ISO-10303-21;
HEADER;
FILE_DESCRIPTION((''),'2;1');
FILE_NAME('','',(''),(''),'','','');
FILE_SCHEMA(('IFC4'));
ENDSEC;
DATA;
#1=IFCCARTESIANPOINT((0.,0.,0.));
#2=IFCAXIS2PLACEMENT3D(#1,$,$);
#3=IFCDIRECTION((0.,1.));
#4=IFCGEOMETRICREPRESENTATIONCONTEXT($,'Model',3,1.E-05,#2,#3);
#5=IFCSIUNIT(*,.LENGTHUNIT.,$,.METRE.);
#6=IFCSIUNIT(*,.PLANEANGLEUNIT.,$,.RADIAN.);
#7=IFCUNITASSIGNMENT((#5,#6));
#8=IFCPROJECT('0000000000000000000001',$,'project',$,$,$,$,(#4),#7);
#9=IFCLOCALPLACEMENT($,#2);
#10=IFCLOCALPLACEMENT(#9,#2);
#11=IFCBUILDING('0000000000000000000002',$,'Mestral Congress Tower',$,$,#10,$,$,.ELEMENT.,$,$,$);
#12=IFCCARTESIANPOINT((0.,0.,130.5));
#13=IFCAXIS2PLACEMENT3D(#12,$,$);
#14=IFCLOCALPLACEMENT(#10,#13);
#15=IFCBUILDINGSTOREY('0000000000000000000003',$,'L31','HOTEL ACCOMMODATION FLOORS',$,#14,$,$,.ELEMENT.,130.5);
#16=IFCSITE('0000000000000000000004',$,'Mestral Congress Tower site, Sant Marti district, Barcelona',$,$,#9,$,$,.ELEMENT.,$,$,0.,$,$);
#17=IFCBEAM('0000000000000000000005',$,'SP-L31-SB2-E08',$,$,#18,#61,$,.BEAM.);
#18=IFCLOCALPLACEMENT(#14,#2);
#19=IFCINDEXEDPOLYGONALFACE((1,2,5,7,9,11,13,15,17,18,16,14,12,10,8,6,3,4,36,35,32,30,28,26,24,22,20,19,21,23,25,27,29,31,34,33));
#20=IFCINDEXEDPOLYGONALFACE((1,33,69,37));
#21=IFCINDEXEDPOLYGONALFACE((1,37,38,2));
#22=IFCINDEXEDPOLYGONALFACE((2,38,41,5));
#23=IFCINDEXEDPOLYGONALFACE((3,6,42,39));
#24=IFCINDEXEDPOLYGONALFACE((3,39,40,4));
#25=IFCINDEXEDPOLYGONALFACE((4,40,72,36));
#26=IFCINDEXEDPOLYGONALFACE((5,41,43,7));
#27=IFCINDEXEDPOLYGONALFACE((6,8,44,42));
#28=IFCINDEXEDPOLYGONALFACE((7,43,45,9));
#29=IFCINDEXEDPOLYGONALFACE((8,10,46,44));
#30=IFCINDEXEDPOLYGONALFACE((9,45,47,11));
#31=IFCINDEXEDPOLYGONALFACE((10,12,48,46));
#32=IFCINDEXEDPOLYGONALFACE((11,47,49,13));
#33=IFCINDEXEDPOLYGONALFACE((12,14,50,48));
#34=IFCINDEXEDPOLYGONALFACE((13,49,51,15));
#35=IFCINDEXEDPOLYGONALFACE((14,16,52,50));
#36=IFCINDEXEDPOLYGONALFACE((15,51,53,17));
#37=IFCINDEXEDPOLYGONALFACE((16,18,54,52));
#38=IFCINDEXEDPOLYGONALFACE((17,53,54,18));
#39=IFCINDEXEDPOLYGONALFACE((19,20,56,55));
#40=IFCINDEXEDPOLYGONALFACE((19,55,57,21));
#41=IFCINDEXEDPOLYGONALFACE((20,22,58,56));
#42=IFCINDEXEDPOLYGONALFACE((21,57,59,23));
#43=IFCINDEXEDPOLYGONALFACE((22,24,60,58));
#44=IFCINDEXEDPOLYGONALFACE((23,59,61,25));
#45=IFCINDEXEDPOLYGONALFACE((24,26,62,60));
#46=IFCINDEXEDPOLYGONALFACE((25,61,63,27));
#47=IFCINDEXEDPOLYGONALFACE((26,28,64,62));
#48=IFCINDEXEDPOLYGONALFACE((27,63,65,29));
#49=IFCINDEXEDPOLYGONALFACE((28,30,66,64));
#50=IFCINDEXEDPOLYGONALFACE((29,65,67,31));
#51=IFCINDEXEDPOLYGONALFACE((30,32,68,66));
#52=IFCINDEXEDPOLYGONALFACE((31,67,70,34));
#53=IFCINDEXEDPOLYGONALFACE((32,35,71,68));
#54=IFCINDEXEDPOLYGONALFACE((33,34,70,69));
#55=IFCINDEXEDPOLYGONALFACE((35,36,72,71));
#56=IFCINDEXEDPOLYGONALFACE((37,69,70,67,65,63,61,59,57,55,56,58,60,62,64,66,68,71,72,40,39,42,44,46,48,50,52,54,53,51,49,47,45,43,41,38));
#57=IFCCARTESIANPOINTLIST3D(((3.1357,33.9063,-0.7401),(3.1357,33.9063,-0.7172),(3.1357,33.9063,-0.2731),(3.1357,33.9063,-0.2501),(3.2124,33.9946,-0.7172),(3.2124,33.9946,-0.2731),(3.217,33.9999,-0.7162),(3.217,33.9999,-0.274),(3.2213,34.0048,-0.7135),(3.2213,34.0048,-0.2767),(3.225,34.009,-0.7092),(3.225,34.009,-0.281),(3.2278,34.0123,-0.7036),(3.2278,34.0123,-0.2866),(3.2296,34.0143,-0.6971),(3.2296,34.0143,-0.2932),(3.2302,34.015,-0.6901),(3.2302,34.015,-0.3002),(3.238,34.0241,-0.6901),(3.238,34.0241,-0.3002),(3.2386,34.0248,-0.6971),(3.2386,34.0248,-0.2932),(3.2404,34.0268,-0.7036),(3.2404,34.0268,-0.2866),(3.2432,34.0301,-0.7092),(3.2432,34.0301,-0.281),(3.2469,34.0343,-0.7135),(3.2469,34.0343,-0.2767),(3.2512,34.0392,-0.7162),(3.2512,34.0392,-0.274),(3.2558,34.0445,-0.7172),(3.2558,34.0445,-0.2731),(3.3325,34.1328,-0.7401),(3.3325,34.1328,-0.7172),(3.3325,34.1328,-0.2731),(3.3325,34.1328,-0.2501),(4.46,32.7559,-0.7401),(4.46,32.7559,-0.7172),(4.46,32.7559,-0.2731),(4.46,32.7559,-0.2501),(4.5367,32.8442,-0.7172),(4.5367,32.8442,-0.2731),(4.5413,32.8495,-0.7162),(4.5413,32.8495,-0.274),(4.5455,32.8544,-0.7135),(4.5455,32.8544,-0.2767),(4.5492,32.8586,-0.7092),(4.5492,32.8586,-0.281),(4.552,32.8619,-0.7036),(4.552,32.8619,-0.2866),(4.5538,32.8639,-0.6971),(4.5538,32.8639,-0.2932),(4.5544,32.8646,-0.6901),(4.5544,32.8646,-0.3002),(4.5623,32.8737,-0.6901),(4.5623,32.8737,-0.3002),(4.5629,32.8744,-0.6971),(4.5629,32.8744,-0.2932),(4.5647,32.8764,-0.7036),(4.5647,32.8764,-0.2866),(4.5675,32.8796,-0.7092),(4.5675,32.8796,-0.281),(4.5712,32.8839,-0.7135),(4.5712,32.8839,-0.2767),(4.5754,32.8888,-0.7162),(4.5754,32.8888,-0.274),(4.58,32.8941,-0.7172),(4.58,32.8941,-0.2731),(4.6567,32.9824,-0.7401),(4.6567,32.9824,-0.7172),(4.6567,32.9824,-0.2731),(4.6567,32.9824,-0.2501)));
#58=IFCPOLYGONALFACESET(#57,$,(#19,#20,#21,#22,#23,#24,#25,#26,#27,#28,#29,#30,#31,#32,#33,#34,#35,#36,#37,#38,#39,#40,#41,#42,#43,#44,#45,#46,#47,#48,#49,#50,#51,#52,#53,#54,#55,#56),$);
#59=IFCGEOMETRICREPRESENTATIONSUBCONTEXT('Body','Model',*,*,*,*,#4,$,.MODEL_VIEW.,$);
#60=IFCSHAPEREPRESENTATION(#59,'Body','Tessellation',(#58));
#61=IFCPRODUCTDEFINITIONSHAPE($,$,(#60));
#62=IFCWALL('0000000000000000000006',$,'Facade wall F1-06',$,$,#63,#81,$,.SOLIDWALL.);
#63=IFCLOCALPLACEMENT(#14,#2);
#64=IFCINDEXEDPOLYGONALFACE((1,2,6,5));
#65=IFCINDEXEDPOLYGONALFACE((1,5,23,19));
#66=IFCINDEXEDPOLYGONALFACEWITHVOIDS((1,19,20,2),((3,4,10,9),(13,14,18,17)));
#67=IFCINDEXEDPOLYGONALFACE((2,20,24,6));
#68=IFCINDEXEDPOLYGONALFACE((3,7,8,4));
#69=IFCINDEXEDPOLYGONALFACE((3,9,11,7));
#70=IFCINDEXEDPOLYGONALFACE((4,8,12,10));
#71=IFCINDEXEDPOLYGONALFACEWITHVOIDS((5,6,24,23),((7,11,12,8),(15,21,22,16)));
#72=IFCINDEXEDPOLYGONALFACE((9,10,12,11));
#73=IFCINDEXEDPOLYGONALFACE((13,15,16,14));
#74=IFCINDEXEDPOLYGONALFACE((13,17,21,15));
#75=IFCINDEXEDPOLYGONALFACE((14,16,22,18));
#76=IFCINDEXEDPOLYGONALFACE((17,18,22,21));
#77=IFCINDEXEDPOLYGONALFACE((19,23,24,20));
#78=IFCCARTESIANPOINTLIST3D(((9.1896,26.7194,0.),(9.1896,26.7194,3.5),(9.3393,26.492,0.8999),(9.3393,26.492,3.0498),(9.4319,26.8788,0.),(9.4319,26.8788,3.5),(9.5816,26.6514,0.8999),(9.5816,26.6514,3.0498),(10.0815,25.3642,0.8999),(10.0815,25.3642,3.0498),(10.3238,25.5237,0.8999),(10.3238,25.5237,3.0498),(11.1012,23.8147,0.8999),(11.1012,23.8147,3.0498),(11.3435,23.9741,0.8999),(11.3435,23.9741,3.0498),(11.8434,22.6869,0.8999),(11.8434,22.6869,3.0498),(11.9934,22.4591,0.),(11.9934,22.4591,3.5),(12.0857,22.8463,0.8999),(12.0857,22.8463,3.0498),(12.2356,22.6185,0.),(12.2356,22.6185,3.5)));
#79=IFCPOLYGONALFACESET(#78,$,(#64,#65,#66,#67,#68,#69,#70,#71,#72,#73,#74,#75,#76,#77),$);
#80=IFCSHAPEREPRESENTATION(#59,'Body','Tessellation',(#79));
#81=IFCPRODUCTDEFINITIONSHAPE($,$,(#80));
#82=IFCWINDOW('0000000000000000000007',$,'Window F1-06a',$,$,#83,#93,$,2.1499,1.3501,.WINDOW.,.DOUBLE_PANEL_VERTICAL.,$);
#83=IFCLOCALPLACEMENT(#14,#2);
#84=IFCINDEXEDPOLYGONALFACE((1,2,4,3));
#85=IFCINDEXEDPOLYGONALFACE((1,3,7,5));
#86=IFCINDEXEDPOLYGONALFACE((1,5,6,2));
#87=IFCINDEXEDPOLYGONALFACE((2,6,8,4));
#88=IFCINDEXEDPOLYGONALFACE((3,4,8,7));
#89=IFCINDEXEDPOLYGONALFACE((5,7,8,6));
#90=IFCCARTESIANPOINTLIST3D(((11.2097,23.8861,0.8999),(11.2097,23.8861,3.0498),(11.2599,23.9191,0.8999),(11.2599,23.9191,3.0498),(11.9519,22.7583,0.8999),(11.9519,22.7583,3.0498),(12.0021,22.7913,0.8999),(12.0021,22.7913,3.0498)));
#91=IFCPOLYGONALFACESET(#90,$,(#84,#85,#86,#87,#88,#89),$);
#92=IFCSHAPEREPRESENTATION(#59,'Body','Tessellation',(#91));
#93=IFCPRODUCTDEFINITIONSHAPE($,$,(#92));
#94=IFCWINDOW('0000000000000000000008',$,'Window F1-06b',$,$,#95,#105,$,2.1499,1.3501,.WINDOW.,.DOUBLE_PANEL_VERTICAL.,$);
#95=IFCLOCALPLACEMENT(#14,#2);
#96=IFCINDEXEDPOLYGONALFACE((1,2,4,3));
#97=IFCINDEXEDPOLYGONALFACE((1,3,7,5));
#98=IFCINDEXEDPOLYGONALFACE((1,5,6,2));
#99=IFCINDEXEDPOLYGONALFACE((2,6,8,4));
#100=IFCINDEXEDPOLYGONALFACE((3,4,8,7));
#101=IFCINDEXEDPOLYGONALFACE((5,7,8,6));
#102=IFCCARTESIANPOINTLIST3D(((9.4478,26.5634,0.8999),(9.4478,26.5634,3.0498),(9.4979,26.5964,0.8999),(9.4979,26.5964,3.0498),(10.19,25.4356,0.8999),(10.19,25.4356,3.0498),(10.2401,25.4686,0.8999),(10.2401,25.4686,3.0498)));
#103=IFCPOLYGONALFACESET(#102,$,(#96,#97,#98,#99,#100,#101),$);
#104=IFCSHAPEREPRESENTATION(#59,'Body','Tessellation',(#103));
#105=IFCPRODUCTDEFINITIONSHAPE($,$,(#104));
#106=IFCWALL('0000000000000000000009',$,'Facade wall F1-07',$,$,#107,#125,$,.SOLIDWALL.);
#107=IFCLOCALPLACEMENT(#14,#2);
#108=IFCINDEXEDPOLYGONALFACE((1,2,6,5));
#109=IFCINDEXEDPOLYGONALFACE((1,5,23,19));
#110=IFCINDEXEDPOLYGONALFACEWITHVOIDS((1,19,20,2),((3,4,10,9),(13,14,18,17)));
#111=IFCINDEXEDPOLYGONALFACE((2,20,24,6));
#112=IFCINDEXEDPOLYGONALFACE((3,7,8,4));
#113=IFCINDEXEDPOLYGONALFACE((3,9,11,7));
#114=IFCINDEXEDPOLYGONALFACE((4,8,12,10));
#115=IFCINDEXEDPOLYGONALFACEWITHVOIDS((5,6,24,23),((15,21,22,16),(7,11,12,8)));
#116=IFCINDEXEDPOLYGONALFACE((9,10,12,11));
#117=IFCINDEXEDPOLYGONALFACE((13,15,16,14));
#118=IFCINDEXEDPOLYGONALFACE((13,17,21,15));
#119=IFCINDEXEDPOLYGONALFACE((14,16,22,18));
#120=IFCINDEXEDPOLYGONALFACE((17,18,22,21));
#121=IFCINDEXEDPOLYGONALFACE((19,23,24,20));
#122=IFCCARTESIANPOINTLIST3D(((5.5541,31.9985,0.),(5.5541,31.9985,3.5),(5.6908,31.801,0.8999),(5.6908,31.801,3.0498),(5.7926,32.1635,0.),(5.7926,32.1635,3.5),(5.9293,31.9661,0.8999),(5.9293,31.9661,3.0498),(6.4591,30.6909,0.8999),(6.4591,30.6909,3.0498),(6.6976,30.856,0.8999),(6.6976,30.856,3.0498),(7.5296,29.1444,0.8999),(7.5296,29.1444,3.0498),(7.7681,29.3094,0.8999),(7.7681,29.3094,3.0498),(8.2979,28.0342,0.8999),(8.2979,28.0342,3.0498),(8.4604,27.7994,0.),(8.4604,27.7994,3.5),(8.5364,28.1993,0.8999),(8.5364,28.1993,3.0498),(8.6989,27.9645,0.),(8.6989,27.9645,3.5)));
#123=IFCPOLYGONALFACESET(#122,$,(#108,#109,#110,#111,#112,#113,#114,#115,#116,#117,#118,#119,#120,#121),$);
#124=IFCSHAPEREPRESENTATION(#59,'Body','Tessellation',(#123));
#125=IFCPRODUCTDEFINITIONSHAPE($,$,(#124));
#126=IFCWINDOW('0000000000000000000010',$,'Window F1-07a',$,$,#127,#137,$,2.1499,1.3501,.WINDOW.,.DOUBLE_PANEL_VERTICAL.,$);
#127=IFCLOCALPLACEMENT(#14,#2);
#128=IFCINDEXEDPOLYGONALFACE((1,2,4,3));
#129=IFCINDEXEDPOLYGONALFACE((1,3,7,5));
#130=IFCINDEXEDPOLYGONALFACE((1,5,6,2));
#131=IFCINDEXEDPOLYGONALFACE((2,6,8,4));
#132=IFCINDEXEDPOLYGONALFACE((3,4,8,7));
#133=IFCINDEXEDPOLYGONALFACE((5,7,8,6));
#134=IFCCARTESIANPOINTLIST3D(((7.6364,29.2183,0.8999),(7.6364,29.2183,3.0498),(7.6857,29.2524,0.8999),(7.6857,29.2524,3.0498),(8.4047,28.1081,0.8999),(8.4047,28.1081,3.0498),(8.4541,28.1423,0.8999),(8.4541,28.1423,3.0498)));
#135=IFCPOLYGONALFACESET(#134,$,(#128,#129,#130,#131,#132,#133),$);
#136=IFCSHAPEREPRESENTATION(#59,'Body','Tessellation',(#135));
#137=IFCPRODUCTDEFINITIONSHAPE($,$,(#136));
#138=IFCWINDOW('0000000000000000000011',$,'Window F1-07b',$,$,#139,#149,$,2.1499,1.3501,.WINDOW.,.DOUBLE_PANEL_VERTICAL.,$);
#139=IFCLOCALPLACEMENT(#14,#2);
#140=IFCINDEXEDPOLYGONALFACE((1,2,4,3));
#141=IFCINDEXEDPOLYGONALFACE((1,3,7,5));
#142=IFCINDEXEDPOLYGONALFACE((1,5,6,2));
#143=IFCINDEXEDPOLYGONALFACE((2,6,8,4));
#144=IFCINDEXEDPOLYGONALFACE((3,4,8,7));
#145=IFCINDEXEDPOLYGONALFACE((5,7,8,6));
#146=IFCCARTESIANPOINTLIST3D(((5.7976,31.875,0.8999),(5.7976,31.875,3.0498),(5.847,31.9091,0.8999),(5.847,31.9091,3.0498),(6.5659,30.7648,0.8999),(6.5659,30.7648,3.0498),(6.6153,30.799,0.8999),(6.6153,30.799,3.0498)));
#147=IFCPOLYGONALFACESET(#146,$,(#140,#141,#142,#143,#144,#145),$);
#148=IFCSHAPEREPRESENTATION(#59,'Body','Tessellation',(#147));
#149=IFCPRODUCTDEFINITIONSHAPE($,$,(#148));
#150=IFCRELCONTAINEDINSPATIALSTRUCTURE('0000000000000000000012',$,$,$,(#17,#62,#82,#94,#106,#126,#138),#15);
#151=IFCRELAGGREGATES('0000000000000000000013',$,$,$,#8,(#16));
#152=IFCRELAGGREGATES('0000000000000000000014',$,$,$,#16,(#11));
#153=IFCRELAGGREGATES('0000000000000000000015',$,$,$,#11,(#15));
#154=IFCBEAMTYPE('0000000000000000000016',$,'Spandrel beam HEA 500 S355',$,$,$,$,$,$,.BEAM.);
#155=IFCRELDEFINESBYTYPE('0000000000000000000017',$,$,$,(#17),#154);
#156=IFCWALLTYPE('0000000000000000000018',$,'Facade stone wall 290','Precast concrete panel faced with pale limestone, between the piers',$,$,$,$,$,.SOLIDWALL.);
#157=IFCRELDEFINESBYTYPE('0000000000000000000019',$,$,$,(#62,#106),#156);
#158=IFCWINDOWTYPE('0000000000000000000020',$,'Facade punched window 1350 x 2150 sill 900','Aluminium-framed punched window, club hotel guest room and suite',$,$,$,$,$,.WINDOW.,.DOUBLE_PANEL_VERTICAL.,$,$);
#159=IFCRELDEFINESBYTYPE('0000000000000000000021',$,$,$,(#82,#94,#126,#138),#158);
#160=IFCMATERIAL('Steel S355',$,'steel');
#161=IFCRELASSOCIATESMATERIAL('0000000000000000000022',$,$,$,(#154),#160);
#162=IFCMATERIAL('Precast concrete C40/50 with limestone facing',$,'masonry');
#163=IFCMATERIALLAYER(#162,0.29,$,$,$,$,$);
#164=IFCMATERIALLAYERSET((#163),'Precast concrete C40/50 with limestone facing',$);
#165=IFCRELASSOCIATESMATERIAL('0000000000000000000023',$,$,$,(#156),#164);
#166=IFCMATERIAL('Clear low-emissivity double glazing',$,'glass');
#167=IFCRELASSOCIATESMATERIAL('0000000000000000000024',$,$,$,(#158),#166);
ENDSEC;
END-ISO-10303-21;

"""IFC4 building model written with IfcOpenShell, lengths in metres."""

from ifc_helpers import new_model, si_unit, direction, frame, frame_2d, origin, origin_2d, place, context, subcontext, project, spatial, rectangle, i_section, extrude, material, layer, layer_set, material_profile, profile_set, type_object, element, fill, save


model = new_model("IFC4")

# Units and contexts
model_context = context("Model", 3, precision=1e-05, world=origin(), true_north=direction((0.0, 1.0)))
body_context = subcontext(model_context, "Body", "Model", "MODEL_VIEW")
ifc_project = project(units=[si_unit("LENGTHUNIT", "METRE"), si_unit("PLANEANGLEUNIT", "RADIAN")], contexts=[model_context])

# Site, building, storey
site_placement = place(None, origin())
site = spatial("IfcSite", under=ifc_project, at=site_placement, Name="Mestral Congress Tower site, Sant Marti district, Barcelona", CompositionType="ELEMENT", RefElevation=0.0)
building_placement = place(site_placement, origin())
building = spatial("IfcBuilding", under=site, at=building_placement, Name="Mestral Congress Tower", CompositionType="ELEMENT")
storey_placement = place(building_placement, frame((0.0, 0.0, 130.5)))
storey = spatial("IfcBuildingStorey", under=building, at=storey_placement, Name="L31", Description="HOTEL ACCOMMODATION FLOORS", CompositionType="ELEMENT", Elevation=130.5)

# Beam
ifc_material_1 = material(Name="Steel S355", Category="steel")
ifc_material_profile_1 = material_profile(ifc_material_1, i_section(OverallWidth=0.3, OverallDepth=0.49, WebThickness=0.012, FlangeThickness=0.0229, FilletRadius=0.0271, at=origin_2d()), Name="HEA 500")
ifc_profile_set_1 = profile_set([ifc_material_profile_1], Name="Steel S355")
beam_type_1 = type_object("IfcBeamType", Name="Spandrel beam HEA 500 S355", PredefinedType="BEAM", material=ifc_profile_set_1)
beam_1_placement = place(storey_placement, frame((4.5583, 32.8691, -0.4951), z_axis=(-0.754917, 0.65582, 0.0), x_axis=(-0.65582, -0.754917, 0.0)))
element("IfcBeam", 1, at=beam_1_placement, inside=storey, type_object=beam_type_1, Name="SP-L31-SB2-E08", PredefinedType="BEAM", context=body_context, shape_type="SweptSolid", body=[
    extrude(i_section(OverallWidth=0.3, OverallDepth=0.49, WebThickness=0.012, FlangeThickness=0.0229, FilletRadius=0.0271, at=origin_2d()), origin(), (0.0, 0.0, 1.0), 1.7542),
])

# Walls, openings, windows
ifc_material_2 = material(Name="Precast concrete C40/50 with limestone facing", Category="masonry")
ifc_layer_1 = layer(ifc_material_2, 0.29)
ifc_layer_set_1 = layer_set([ifc_layer_1], Name="Precast concrete C40/50 with limestone facing")
wall_type_1 = type_object("IfcWallType", Name="Facade stone wall 290", Description="Precast concrete panel faced with pale limestone, between the piers", PredefinedType="SOLIDWALL", material=ifc_layer_set_1)
wall_1_placement = place(storey_placement, frame((12.1145, 22.5388, 0.0), z_axis=(0.0, 0.0, 1.0), x_axis=(-0.549741, 0.835335, 0.0)))
wall_1 = element("IfcWall", 2, at=wall_1_placement, inside=storey, type_object=wall_type_1, Name="Facade wall F1-06", PredefinedType="SOLIDWALL", context=body_context, shape_type="SweptSolid", body=[
    extrude(rectangle(XDim=5.1001, YDim=0.29, at=frame_2d((2.55, 0.0))), origin(), (0.0, 0.0, 1.0), 3.5),
])
opening_1_placement = place(wall_1_placement, frame((0.2727, 0.0, 0.8999)))
opening_1 = element("IfcOpeningElement", 3, at=opening_1_placement, cuts=wall_1, PredefinedType="OPENING", context=body_context, shape_type="SweptSolid", body=[
    extrude(rectangle(XDim=1.3501, YDim=2.1499, at=frame_2d((0.675, 1.075))), frame((0.0, 0.155, 0.0), z_axis=(0.0, -1.0, 0.0), x_axis=(1.0, 0.0, 0.0)), (0.0, 0.0, 1.0), 0.3101),
])
opening_2_placement = place(wall_1_placement, frame((3.4778, 0.0, 0.8999)))
opening_2 = element("IfcOpeningElement", 4, at=opening_2_placement, cuts=wall_1, PredefinedType="OPENING", context=body_context, shape_type="SweptSolid", body=[
    extrude(rectangle(XDim=1.3501, YDim=2.1499, at=frame_2d((0.675, 1.075))), frame((0.0, 0.155, 0.0), z_axis=(0.0, -1.0, 0.0), x_axis=(1.0, 0.0, 0.0)), (0.0, 0.0, 1.0), 0.3101),
])
ifc_material_3 = material(Name="Clear low-emissivity double glazing", Category="glass")
window_type_1 = type_object("IfcWindowType", Name="Facade punched window 1350 x 2150 sill 900", Description="Aluminium-framed punched window, club hotel guest room and suite", PartitioningType="DOUBLE_PANEL_VERTICAL", PredefinedType="WINDOW", material=ifc_material_3)
window_1_placement = place(opening_1_placement, origin())
window_1 = element("IfcWindow", 5, at=window_1_placement, inside=storey, type_object=window_type_1, Name="Window F1-06a", OverallHeight=2.1499, OverallWidth=1.3501, PartitioningType="DOUBLE_PANEL_VERTICAL", PredefinedType="WINDOW", context=body_context, shape_type="SweptSolid", body=[
    extrude(rectangle(XDim=1.3501, YDim=2.1499, at=frame_2d((0.675, 1.075))), frame((0.0, 0.0151, 0.0), z_axis=(0.0, -1.0, 0.0), x_axis=(1.0, 0.0, 0.0)), (0.0, 0.0, 1.0), 0.0601),
])
fill(opening_1, window_1)
window_2_placement = place(opening_2_placement, origin())
window_2 = element("IfcWindow", 6, at=window_2_placement, inside=storey, type_object=window_type_1, Name="Window F1-06b", OverallHeight=2.1499, OverallWidth=1.3501, PartitioningType="DOUBLE_PANEL_VERTICAL", PredefinedType="WINDOW", context=body_context, shape_type="SweptSolid", body=[
    extrude(rectangle(XDim=1.3501, YDim=2.1499, at=frame_2d((0.675, 1.075))), frame((0.0, 0.0151, 0.0), z_axis=(0.0, -1.0, 0.0), x_axis=(1.0, 0.0, 0.0)), (0.0, 0.0, 1.0), 0.0601),
])
fill(opening_2, window_2)
wall_2_placement = place(storey_placement, frame((8.5796, 27.8821, 0.0), z_axis=(0.0, 0.0, 1.0), x_axis=(-0.569113, 0.822259, 0.0)))
wall_2 = element("IfcWall", 7, at=wall_2_placement, inside=storey, type_object=wall_type_1, Name="Facade wall F1-07", PredefinedType="SOLIDWALL", context=body_context, shape_type="SweptSolid", body=[
    extrude(rectangle(XDim=5.1067, YDim=0.29, at=frame_2d((2.5532, 0.0))), origin(), (0.0, 0.0, 1.0), 3.5),
])
opening_3_placement = place(wall_2_placement, frame((0.2854, 0.0, 0.8999)))
opening_3 = element("IfcOpeningElement", 8, at=opening_3_placement, cuts=wall_2, PredefinedType="OPENING", context=body_context, shape_type="SweptSolid", body=[
    extrude(rectangle(XDim=1.3501, YDim=2.1499, at=frame_2d((0.675, 1.075))), frame((0.0, 0.155, 0.0), z_axis=(0.0, -1.0, 0.0), x_axis=(1.0, 0.0, 0.0)), (0.0, 0.0, 1.0), 0.3101),
])
opening_4_placement = place(wall_2_placement, frame((3.5164, 0.0, 0.8999)))
opening_4 = element("IfcOpeningElement", 9, at=opening_4_placement, cuts=wall_2, PredefinedType="OPENING", context=body_context, shape_type="SweptSolid", body=[
    extrude(rectangle(XDim=1.3501, YDim=2.1499, at=frame_2d((0.675, 1.075))), frame((0.0, 0.155, 0.0), z_axis=(0.0, -1.0, 0.0), x_axis=(1.0, 0.0, 0.0)), (0.0, 0.0, 1.0), 0.3101),
])
window_3_placement = place(opening_3_placement, origin())
window_3 = element("IfcWindow", 10, at=window_3_placement, inside=storey, type_object=window_type_1, Name="Window F1-07a", OverallHeight=2.1499, OverallWidth=1.3501, PartitioningType="DOUBLE_PANEL_VERTICAL", PredefinedType="WINDOW", context=body_context, shape_type="SweptSolid", body=[
    extrude(rectangle(XDim=1.3501, YDim=2.1499, at=frame_2d((0.675, 1.075))), frame((0.0, 0.0151, 0.0), z_axis=(0.0, -1.0, 0.0), x_axis=(1.0, 0.0, 0.0)), (0.0, 0.0, 1.0), 0.0601),
])
fill(opening_3, window_3)
window_4_placement = place(opening_4_placement, origin())
window_4 = element("IfcWindow", 11, at=window_4_placement, inside=storey, type_object=window_type_1, Name="Window F1-07b", OverallHeight=2.1499, OverallWidth=1.3501, PartitioningType="DOUBLE_PANEL_VERTICAL", PredefinedType="WINDOW", context=body_context, shape_type="SweptSolid", body=[
    extrude(rectangle(XDim=1.3501, YDim=2.1499, at=frame_2d((0.675, 1.075))), frame((0.0, 0.0151, 0.0), z_axis=(0.0, -1.0, 0.0), x_axis=(1.0, 0.0, 0.0)), (0.0, 0.0, 1.0), 0.0601),
])
fill(opening_4, window_4)

save(model, "model.ifc")
